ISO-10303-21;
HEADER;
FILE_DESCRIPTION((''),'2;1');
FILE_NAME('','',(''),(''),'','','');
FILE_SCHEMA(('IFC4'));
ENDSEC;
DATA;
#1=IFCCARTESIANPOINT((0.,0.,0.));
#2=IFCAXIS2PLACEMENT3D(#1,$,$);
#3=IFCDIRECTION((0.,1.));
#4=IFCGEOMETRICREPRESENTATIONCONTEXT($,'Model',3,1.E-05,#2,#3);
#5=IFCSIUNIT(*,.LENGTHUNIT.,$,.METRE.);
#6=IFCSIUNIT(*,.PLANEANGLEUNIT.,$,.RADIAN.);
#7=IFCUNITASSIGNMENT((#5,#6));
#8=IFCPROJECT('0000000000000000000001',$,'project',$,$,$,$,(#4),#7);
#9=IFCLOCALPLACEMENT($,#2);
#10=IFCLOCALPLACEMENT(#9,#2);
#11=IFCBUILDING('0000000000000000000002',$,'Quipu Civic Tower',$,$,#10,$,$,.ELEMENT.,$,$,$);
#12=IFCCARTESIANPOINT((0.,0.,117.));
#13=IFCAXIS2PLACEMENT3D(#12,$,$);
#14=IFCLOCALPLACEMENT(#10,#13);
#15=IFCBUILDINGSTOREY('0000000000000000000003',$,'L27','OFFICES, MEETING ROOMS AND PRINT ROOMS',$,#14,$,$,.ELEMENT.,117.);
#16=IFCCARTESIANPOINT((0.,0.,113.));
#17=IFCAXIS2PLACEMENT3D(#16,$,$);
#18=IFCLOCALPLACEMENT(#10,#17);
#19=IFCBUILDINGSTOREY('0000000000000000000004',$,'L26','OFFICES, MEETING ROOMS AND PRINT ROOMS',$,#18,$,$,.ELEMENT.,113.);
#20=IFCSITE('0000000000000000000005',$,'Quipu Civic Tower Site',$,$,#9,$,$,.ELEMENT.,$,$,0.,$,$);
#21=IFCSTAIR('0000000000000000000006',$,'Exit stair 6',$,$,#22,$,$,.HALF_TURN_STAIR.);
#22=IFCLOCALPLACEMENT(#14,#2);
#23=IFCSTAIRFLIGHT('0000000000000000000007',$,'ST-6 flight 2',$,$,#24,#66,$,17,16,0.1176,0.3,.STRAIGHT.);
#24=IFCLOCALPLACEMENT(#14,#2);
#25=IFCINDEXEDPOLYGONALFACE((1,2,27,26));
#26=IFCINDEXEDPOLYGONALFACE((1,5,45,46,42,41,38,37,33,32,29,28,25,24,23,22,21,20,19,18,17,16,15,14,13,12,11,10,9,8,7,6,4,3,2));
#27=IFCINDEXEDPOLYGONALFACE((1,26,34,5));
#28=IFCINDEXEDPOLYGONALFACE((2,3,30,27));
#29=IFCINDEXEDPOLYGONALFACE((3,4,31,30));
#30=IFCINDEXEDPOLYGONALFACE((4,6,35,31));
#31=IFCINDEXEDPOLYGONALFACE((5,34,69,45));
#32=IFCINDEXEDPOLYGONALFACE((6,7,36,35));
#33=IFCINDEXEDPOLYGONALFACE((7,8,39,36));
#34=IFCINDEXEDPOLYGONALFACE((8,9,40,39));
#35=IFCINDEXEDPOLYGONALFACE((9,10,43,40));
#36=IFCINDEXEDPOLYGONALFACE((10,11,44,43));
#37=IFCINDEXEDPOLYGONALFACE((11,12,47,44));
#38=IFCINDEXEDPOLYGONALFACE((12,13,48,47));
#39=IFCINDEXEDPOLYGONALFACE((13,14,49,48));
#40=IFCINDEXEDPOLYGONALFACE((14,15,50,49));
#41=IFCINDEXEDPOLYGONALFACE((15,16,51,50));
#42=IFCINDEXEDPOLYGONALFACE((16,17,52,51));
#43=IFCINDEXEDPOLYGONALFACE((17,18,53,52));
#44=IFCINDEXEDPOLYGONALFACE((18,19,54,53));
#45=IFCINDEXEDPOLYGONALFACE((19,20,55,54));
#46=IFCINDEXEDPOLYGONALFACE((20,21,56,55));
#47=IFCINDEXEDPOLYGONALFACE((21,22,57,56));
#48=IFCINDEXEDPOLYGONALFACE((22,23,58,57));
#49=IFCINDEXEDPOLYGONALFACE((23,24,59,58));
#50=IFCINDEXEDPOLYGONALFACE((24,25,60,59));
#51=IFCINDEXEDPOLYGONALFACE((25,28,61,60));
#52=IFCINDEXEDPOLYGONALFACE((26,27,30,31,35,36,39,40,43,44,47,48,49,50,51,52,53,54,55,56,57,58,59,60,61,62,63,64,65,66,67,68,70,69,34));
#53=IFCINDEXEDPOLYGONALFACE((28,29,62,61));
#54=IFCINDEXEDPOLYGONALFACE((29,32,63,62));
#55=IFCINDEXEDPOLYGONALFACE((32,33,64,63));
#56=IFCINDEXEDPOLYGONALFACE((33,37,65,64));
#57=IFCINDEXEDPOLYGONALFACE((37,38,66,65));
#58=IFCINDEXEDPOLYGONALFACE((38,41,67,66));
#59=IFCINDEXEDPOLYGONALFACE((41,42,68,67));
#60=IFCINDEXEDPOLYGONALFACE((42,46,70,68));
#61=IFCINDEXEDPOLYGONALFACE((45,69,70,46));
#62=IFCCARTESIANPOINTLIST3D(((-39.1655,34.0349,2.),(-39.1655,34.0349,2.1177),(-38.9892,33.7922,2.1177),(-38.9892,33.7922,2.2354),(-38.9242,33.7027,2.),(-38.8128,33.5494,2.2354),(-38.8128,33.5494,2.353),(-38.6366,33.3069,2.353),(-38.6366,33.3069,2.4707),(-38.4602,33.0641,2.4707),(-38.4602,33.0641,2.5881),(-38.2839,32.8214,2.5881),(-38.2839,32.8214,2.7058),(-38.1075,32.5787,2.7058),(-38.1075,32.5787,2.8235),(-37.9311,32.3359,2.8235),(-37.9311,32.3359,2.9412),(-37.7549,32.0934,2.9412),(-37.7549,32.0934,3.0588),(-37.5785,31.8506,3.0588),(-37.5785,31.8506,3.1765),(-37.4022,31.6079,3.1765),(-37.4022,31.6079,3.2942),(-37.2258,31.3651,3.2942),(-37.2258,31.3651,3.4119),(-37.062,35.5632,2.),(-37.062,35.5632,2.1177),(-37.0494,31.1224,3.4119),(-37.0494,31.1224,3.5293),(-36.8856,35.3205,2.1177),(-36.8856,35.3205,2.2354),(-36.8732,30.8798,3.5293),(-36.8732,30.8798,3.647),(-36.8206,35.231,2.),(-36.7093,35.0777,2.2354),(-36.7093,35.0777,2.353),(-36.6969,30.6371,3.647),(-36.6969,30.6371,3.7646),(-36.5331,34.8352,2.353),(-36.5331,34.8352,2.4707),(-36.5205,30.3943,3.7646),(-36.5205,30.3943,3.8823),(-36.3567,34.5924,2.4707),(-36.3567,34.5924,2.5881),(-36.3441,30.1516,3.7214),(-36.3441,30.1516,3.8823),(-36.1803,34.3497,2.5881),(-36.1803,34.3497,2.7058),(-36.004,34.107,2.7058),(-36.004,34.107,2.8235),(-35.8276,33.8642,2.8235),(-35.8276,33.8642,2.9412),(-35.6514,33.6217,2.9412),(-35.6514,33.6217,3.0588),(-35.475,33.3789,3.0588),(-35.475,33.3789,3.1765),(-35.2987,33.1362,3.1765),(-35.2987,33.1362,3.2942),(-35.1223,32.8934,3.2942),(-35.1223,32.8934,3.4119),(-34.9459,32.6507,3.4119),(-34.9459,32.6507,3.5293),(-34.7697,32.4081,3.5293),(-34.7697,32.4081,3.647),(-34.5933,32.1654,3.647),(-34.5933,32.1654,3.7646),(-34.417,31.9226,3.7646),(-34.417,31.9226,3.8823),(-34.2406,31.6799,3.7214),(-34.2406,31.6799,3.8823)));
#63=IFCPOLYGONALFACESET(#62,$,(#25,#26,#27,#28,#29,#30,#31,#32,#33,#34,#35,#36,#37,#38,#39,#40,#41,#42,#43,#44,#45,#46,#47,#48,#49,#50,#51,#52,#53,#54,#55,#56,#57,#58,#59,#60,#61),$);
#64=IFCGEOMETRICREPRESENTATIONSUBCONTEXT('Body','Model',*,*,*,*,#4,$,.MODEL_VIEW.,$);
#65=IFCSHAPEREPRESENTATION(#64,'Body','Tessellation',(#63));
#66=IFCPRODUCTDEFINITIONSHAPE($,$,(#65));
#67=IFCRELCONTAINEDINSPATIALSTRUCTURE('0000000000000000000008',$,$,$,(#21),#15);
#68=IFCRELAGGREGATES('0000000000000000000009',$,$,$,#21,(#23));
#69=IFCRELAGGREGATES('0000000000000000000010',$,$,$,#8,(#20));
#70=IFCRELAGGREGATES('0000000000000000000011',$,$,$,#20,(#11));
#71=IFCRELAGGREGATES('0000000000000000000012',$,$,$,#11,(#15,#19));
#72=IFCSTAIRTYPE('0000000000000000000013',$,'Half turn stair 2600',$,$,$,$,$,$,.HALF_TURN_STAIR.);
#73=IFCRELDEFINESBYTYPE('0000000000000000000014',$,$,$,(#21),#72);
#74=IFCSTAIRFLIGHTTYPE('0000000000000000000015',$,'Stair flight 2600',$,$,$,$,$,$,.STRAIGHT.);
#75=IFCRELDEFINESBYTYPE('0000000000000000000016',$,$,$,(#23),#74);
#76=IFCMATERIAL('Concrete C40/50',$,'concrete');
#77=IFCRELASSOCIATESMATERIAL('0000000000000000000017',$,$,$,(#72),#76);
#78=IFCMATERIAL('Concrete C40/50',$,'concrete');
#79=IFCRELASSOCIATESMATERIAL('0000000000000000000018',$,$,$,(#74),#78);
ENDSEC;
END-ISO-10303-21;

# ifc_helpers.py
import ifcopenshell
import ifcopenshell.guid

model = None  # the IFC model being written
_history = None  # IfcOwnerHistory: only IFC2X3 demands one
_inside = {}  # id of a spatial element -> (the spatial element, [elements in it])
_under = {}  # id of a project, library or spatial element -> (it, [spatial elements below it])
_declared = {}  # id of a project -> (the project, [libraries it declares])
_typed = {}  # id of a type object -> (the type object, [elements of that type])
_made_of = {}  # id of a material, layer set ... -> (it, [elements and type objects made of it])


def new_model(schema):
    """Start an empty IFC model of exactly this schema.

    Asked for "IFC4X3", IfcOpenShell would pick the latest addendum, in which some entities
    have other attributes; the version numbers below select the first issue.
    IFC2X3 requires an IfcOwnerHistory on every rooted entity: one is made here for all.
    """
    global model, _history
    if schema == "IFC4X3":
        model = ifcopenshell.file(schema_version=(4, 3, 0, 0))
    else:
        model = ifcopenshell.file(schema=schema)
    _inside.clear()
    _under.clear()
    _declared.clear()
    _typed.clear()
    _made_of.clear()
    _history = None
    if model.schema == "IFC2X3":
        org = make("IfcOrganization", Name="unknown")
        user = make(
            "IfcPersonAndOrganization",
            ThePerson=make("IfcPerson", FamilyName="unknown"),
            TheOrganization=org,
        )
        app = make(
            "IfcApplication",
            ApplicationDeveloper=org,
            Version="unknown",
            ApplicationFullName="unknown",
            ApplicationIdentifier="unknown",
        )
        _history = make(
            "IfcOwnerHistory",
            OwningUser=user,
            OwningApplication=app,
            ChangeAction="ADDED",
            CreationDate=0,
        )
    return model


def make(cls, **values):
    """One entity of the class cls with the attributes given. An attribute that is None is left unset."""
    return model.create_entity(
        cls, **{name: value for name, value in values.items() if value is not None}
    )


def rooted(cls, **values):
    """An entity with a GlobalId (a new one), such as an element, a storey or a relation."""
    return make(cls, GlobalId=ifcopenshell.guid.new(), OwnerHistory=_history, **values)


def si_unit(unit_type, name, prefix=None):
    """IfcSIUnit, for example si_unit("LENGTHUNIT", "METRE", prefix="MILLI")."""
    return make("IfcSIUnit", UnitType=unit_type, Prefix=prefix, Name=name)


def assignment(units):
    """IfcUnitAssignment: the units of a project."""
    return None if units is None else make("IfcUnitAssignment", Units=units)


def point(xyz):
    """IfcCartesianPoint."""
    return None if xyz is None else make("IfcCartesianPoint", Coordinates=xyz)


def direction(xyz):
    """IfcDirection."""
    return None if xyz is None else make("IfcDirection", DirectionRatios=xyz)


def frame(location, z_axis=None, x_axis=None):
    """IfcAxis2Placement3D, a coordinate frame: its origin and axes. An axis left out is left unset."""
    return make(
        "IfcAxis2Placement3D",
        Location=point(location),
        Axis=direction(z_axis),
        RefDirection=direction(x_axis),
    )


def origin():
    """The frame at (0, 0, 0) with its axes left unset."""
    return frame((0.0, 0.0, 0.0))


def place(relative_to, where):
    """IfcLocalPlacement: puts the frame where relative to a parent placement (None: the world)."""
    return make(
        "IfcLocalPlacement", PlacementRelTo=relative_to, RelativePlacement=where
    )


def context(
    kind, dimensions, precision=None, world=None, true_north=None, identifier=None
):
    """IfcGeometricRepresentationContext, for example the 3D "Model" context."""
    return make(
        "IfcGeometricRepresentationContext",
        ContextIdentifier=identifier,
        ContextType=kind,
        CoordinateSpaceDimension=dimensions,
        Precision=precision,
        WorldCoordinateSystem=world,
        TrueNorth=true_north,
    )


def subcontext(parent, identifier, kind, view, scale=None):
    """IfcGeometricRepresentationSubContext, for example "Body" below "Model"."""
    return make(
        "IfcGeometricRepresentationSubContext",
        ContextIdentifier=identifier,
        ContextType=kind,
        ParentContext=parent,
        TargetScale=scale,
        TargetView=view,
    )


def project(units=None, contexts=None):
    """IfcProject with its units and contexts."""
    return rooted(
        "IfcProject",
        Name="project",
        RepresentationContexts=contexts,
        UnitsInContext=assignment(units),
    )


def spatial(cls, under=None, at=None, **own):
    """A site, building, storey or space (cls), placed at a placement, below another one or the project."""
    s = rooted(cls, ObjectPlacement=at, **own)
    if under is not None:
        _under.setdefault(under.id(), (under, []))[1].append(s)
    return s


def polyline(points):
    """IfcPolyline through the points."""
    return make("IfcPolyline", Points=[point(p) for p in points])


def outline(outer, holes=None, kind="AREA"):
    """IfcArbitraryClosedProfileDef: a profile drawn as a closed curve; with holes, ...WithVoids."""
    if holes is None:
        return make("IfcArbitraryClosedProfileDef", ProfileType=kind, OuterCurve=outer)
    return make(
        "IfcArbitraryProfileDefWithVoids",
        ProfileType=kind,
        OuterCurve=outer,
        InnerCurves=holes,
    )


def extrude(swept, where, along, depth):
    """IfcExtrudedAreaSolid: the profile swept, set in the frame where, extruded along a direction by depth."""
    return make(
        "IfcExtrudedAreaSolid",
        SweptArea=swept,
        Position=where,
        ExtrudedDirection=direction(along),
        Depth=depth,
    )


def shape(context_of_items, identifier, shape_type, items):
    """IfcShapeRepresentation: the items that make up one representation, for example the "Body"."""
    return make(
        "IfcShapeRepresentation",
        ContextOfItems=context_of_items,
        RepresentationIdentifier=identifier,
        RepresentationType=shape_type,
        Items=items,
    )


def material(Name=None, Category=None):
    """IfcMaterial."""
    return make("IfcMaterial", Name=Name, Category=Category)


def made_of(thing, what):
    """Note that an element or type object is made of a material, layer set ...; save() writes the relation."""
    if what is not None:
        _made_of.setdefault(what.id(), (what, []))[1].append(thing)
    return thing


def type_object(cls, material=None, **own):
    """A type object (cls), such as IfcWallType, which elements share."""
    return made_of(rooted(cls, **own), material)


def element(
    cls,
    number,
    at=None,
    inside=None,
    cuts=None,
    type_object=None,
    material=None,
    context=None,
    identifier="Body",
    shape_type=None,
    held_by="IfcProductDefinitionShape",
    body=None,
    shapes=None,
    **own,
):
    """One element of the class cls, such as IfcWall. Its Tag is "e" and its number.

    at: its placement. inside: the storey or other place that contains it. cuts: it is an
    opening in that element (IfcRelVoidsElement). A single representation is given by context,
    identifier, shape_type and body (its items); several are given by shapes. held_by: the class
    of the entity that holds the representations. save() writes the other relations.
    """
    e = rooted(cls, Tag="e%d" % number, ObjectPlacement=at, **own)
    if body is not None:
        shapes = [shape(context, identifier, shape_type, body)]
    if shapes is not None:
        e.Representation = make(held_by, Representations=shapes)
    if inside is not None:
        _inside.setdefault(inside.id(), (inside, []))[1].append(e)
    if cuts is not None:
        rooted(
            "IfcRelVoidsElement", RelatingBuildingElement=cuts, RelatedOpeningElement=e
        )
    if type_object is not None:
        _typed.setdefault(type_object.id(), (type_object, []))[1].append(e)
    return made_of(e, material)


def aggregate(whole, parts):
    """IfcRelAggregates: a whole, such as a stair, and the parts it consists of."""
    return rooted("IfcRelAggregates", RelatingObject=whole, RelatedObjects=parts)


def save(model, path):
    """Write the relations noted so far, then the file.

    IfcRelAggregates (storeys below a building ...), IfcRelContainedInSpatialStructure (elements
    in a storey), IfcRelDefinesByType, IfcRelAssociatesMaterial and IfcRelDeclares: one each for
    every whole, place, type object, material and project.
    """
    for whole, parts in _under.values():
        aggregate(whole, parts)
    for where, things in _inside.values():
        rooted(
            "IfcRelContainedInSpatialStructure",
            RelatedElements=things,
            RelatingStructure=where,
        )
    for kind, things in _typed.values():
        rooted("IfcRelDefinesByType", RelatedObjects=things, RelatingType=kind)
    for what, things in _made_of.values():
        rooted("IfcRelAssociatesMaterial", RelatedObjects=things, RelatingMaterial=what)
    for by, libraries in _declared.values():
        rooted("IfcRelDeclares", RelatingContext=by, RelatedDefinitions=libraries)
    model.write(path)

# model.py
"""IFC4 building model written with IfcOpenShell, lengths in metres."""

from ifc_helpers import new_model, si_unit, direction, frame, origin, place, context, subcontext, project, spatial, polyline, outline, extrude, material, type_object, element, aggregate, save


model = new_model("IFC4")

# Units and contexts
model_context = context("Model", 3, precision=1e-05, world=origin(), true_north=direction((0.0, 1.0)))
body_context = subcontext(model_context, "Body", "Model", "MODEL_VIEW")
ifc_project = project(units=[si_unit("LENGTHUNIT", "METRE"), si_unit("PLANEANGLEUNIT", "RADIAN")], contexts=[model_context])

# Site, building, storey
site_placement = place(None, origin())
site = spatial("IfcSite", under=ifc_project, at=site_placement, Name="Quipu Civic Tower Site", CompositionType="ELEMENT", RefElevation=0.0)
building_placement = place(site_placement, origin())
building = spatial("IfcBuilding", under=site, at=building_placement, Name="Quipu Civic Tower", CompositionType="ELEMENT")
storey_1_placement = place(building_placement, frame((0.0, 0.0, 117.0)))
storey_1 = spatial("IfcBuildingStorey", under=building, at=storey_1_placement, Name="L27", Description="OFFICES, MEETING ROOMS AND PRINT ROOMS", CompositionType="ELEMENT", Elevation=117.0)

# Shared definitions
storey_2_placement = place(building_placement, frame((0.0, 0.0, 113.0)))
storey_2 = spatial("IfcBuildingStorey", under=building, at=storey_2_placement, Name="L26", Description="OFFICES, MEETING ROOMS AND PRINT ROOMS", CompositionType="ELEMENT", Elevation=113.0)

# Stair, stair flight
ifc_material_1 = material(Name="Concrete C40/50", Category="concrete")
stair_type = type_object("IfcStairType", Name="Half turn stair 2600", PredefinedType="HALF_TURN_STAIR", material=ifc_material_1)
stair_placement = place(storey_1_placement, origin())
stair = element("IfcStair", 1, at=stair_placement, inside=storey_1, type_object=stair_type, Name="Exit stair 6", PredefinedType="HALF_TURN_STAIR")
ifc_material_2 = material(Name="Concrete C40/50", Category="concrete")
stair_flight_type = type_object("IfcStairFlightType", Name="Stair flight 2600", PredefinedType="STRAIGHT", material=ifc_material_2)
stair_flight_1_placement = place(storey_1_placement, frame((-38.1138, 34.7991, 2.0), z_axis=(0.0, 0.0, 1.0), x_axis=(0.587785, -0.809017, 0.0)))
stair_flight_1 = element("IfcStairFlight", 2, at=stair_flight_1_placement, type_object=stair_flight_type, Name="ST-6 flight 2", NumberOfRisers=17, NumberOfTreads=16, PredefinedType="STRAIGHT", RiserHeight=0.1176, TreadLength=0.3, context=body_context, shape_type="SweptSolid", body=[
    extrude(outline(polyline([(0.0, 0.0), (0.0, 0.1177), (0.3, 0.1177), (0.3, 0.2354), (0.6001, 0.2354), (0.6001, 0.353), (0.8999, 0.353), (0.8999, 0.4707), (1.2, 0.4707), (1.2, 0.5881), (1.5, 0.5881), (1.5, 0.7058), (1.8, 0.7058), (1.8, 0.8235), (2.1001, 0.8235), (2.1001, 0.9412), (2.3999, 0.9412), (2.3999, 1.0588), (2.7, 1.0588), (2.7, 1.1765), (3.0, 1.1765), (3.0, 1.2942), (3.3, 1.2942), (3.3, 1.4119), (3.6001, 1.4119), (3.6001, 1.5293), (3.8999, 1.5293), (3.8999, 1.647), (4.2, 1.647), (4.2, 1.7646), (4.5, 1.7646), (4.5, 1.8823), (4.8, 1.8823), (4.8, 2.0), (4.8, 1.7214), (0.4106, 0.0), (0.0, 0.0)])), frame((0.0, 1.3, 0.0), z_axis=(0.0, -1.0, 0.0), x_axis=(1.0, 0.0, 0.0)), (0.0, 0.0, 1.0), 2.6001),
])
aggregate(stair, [stair_flight_1])

save(model, "model.ifc")
